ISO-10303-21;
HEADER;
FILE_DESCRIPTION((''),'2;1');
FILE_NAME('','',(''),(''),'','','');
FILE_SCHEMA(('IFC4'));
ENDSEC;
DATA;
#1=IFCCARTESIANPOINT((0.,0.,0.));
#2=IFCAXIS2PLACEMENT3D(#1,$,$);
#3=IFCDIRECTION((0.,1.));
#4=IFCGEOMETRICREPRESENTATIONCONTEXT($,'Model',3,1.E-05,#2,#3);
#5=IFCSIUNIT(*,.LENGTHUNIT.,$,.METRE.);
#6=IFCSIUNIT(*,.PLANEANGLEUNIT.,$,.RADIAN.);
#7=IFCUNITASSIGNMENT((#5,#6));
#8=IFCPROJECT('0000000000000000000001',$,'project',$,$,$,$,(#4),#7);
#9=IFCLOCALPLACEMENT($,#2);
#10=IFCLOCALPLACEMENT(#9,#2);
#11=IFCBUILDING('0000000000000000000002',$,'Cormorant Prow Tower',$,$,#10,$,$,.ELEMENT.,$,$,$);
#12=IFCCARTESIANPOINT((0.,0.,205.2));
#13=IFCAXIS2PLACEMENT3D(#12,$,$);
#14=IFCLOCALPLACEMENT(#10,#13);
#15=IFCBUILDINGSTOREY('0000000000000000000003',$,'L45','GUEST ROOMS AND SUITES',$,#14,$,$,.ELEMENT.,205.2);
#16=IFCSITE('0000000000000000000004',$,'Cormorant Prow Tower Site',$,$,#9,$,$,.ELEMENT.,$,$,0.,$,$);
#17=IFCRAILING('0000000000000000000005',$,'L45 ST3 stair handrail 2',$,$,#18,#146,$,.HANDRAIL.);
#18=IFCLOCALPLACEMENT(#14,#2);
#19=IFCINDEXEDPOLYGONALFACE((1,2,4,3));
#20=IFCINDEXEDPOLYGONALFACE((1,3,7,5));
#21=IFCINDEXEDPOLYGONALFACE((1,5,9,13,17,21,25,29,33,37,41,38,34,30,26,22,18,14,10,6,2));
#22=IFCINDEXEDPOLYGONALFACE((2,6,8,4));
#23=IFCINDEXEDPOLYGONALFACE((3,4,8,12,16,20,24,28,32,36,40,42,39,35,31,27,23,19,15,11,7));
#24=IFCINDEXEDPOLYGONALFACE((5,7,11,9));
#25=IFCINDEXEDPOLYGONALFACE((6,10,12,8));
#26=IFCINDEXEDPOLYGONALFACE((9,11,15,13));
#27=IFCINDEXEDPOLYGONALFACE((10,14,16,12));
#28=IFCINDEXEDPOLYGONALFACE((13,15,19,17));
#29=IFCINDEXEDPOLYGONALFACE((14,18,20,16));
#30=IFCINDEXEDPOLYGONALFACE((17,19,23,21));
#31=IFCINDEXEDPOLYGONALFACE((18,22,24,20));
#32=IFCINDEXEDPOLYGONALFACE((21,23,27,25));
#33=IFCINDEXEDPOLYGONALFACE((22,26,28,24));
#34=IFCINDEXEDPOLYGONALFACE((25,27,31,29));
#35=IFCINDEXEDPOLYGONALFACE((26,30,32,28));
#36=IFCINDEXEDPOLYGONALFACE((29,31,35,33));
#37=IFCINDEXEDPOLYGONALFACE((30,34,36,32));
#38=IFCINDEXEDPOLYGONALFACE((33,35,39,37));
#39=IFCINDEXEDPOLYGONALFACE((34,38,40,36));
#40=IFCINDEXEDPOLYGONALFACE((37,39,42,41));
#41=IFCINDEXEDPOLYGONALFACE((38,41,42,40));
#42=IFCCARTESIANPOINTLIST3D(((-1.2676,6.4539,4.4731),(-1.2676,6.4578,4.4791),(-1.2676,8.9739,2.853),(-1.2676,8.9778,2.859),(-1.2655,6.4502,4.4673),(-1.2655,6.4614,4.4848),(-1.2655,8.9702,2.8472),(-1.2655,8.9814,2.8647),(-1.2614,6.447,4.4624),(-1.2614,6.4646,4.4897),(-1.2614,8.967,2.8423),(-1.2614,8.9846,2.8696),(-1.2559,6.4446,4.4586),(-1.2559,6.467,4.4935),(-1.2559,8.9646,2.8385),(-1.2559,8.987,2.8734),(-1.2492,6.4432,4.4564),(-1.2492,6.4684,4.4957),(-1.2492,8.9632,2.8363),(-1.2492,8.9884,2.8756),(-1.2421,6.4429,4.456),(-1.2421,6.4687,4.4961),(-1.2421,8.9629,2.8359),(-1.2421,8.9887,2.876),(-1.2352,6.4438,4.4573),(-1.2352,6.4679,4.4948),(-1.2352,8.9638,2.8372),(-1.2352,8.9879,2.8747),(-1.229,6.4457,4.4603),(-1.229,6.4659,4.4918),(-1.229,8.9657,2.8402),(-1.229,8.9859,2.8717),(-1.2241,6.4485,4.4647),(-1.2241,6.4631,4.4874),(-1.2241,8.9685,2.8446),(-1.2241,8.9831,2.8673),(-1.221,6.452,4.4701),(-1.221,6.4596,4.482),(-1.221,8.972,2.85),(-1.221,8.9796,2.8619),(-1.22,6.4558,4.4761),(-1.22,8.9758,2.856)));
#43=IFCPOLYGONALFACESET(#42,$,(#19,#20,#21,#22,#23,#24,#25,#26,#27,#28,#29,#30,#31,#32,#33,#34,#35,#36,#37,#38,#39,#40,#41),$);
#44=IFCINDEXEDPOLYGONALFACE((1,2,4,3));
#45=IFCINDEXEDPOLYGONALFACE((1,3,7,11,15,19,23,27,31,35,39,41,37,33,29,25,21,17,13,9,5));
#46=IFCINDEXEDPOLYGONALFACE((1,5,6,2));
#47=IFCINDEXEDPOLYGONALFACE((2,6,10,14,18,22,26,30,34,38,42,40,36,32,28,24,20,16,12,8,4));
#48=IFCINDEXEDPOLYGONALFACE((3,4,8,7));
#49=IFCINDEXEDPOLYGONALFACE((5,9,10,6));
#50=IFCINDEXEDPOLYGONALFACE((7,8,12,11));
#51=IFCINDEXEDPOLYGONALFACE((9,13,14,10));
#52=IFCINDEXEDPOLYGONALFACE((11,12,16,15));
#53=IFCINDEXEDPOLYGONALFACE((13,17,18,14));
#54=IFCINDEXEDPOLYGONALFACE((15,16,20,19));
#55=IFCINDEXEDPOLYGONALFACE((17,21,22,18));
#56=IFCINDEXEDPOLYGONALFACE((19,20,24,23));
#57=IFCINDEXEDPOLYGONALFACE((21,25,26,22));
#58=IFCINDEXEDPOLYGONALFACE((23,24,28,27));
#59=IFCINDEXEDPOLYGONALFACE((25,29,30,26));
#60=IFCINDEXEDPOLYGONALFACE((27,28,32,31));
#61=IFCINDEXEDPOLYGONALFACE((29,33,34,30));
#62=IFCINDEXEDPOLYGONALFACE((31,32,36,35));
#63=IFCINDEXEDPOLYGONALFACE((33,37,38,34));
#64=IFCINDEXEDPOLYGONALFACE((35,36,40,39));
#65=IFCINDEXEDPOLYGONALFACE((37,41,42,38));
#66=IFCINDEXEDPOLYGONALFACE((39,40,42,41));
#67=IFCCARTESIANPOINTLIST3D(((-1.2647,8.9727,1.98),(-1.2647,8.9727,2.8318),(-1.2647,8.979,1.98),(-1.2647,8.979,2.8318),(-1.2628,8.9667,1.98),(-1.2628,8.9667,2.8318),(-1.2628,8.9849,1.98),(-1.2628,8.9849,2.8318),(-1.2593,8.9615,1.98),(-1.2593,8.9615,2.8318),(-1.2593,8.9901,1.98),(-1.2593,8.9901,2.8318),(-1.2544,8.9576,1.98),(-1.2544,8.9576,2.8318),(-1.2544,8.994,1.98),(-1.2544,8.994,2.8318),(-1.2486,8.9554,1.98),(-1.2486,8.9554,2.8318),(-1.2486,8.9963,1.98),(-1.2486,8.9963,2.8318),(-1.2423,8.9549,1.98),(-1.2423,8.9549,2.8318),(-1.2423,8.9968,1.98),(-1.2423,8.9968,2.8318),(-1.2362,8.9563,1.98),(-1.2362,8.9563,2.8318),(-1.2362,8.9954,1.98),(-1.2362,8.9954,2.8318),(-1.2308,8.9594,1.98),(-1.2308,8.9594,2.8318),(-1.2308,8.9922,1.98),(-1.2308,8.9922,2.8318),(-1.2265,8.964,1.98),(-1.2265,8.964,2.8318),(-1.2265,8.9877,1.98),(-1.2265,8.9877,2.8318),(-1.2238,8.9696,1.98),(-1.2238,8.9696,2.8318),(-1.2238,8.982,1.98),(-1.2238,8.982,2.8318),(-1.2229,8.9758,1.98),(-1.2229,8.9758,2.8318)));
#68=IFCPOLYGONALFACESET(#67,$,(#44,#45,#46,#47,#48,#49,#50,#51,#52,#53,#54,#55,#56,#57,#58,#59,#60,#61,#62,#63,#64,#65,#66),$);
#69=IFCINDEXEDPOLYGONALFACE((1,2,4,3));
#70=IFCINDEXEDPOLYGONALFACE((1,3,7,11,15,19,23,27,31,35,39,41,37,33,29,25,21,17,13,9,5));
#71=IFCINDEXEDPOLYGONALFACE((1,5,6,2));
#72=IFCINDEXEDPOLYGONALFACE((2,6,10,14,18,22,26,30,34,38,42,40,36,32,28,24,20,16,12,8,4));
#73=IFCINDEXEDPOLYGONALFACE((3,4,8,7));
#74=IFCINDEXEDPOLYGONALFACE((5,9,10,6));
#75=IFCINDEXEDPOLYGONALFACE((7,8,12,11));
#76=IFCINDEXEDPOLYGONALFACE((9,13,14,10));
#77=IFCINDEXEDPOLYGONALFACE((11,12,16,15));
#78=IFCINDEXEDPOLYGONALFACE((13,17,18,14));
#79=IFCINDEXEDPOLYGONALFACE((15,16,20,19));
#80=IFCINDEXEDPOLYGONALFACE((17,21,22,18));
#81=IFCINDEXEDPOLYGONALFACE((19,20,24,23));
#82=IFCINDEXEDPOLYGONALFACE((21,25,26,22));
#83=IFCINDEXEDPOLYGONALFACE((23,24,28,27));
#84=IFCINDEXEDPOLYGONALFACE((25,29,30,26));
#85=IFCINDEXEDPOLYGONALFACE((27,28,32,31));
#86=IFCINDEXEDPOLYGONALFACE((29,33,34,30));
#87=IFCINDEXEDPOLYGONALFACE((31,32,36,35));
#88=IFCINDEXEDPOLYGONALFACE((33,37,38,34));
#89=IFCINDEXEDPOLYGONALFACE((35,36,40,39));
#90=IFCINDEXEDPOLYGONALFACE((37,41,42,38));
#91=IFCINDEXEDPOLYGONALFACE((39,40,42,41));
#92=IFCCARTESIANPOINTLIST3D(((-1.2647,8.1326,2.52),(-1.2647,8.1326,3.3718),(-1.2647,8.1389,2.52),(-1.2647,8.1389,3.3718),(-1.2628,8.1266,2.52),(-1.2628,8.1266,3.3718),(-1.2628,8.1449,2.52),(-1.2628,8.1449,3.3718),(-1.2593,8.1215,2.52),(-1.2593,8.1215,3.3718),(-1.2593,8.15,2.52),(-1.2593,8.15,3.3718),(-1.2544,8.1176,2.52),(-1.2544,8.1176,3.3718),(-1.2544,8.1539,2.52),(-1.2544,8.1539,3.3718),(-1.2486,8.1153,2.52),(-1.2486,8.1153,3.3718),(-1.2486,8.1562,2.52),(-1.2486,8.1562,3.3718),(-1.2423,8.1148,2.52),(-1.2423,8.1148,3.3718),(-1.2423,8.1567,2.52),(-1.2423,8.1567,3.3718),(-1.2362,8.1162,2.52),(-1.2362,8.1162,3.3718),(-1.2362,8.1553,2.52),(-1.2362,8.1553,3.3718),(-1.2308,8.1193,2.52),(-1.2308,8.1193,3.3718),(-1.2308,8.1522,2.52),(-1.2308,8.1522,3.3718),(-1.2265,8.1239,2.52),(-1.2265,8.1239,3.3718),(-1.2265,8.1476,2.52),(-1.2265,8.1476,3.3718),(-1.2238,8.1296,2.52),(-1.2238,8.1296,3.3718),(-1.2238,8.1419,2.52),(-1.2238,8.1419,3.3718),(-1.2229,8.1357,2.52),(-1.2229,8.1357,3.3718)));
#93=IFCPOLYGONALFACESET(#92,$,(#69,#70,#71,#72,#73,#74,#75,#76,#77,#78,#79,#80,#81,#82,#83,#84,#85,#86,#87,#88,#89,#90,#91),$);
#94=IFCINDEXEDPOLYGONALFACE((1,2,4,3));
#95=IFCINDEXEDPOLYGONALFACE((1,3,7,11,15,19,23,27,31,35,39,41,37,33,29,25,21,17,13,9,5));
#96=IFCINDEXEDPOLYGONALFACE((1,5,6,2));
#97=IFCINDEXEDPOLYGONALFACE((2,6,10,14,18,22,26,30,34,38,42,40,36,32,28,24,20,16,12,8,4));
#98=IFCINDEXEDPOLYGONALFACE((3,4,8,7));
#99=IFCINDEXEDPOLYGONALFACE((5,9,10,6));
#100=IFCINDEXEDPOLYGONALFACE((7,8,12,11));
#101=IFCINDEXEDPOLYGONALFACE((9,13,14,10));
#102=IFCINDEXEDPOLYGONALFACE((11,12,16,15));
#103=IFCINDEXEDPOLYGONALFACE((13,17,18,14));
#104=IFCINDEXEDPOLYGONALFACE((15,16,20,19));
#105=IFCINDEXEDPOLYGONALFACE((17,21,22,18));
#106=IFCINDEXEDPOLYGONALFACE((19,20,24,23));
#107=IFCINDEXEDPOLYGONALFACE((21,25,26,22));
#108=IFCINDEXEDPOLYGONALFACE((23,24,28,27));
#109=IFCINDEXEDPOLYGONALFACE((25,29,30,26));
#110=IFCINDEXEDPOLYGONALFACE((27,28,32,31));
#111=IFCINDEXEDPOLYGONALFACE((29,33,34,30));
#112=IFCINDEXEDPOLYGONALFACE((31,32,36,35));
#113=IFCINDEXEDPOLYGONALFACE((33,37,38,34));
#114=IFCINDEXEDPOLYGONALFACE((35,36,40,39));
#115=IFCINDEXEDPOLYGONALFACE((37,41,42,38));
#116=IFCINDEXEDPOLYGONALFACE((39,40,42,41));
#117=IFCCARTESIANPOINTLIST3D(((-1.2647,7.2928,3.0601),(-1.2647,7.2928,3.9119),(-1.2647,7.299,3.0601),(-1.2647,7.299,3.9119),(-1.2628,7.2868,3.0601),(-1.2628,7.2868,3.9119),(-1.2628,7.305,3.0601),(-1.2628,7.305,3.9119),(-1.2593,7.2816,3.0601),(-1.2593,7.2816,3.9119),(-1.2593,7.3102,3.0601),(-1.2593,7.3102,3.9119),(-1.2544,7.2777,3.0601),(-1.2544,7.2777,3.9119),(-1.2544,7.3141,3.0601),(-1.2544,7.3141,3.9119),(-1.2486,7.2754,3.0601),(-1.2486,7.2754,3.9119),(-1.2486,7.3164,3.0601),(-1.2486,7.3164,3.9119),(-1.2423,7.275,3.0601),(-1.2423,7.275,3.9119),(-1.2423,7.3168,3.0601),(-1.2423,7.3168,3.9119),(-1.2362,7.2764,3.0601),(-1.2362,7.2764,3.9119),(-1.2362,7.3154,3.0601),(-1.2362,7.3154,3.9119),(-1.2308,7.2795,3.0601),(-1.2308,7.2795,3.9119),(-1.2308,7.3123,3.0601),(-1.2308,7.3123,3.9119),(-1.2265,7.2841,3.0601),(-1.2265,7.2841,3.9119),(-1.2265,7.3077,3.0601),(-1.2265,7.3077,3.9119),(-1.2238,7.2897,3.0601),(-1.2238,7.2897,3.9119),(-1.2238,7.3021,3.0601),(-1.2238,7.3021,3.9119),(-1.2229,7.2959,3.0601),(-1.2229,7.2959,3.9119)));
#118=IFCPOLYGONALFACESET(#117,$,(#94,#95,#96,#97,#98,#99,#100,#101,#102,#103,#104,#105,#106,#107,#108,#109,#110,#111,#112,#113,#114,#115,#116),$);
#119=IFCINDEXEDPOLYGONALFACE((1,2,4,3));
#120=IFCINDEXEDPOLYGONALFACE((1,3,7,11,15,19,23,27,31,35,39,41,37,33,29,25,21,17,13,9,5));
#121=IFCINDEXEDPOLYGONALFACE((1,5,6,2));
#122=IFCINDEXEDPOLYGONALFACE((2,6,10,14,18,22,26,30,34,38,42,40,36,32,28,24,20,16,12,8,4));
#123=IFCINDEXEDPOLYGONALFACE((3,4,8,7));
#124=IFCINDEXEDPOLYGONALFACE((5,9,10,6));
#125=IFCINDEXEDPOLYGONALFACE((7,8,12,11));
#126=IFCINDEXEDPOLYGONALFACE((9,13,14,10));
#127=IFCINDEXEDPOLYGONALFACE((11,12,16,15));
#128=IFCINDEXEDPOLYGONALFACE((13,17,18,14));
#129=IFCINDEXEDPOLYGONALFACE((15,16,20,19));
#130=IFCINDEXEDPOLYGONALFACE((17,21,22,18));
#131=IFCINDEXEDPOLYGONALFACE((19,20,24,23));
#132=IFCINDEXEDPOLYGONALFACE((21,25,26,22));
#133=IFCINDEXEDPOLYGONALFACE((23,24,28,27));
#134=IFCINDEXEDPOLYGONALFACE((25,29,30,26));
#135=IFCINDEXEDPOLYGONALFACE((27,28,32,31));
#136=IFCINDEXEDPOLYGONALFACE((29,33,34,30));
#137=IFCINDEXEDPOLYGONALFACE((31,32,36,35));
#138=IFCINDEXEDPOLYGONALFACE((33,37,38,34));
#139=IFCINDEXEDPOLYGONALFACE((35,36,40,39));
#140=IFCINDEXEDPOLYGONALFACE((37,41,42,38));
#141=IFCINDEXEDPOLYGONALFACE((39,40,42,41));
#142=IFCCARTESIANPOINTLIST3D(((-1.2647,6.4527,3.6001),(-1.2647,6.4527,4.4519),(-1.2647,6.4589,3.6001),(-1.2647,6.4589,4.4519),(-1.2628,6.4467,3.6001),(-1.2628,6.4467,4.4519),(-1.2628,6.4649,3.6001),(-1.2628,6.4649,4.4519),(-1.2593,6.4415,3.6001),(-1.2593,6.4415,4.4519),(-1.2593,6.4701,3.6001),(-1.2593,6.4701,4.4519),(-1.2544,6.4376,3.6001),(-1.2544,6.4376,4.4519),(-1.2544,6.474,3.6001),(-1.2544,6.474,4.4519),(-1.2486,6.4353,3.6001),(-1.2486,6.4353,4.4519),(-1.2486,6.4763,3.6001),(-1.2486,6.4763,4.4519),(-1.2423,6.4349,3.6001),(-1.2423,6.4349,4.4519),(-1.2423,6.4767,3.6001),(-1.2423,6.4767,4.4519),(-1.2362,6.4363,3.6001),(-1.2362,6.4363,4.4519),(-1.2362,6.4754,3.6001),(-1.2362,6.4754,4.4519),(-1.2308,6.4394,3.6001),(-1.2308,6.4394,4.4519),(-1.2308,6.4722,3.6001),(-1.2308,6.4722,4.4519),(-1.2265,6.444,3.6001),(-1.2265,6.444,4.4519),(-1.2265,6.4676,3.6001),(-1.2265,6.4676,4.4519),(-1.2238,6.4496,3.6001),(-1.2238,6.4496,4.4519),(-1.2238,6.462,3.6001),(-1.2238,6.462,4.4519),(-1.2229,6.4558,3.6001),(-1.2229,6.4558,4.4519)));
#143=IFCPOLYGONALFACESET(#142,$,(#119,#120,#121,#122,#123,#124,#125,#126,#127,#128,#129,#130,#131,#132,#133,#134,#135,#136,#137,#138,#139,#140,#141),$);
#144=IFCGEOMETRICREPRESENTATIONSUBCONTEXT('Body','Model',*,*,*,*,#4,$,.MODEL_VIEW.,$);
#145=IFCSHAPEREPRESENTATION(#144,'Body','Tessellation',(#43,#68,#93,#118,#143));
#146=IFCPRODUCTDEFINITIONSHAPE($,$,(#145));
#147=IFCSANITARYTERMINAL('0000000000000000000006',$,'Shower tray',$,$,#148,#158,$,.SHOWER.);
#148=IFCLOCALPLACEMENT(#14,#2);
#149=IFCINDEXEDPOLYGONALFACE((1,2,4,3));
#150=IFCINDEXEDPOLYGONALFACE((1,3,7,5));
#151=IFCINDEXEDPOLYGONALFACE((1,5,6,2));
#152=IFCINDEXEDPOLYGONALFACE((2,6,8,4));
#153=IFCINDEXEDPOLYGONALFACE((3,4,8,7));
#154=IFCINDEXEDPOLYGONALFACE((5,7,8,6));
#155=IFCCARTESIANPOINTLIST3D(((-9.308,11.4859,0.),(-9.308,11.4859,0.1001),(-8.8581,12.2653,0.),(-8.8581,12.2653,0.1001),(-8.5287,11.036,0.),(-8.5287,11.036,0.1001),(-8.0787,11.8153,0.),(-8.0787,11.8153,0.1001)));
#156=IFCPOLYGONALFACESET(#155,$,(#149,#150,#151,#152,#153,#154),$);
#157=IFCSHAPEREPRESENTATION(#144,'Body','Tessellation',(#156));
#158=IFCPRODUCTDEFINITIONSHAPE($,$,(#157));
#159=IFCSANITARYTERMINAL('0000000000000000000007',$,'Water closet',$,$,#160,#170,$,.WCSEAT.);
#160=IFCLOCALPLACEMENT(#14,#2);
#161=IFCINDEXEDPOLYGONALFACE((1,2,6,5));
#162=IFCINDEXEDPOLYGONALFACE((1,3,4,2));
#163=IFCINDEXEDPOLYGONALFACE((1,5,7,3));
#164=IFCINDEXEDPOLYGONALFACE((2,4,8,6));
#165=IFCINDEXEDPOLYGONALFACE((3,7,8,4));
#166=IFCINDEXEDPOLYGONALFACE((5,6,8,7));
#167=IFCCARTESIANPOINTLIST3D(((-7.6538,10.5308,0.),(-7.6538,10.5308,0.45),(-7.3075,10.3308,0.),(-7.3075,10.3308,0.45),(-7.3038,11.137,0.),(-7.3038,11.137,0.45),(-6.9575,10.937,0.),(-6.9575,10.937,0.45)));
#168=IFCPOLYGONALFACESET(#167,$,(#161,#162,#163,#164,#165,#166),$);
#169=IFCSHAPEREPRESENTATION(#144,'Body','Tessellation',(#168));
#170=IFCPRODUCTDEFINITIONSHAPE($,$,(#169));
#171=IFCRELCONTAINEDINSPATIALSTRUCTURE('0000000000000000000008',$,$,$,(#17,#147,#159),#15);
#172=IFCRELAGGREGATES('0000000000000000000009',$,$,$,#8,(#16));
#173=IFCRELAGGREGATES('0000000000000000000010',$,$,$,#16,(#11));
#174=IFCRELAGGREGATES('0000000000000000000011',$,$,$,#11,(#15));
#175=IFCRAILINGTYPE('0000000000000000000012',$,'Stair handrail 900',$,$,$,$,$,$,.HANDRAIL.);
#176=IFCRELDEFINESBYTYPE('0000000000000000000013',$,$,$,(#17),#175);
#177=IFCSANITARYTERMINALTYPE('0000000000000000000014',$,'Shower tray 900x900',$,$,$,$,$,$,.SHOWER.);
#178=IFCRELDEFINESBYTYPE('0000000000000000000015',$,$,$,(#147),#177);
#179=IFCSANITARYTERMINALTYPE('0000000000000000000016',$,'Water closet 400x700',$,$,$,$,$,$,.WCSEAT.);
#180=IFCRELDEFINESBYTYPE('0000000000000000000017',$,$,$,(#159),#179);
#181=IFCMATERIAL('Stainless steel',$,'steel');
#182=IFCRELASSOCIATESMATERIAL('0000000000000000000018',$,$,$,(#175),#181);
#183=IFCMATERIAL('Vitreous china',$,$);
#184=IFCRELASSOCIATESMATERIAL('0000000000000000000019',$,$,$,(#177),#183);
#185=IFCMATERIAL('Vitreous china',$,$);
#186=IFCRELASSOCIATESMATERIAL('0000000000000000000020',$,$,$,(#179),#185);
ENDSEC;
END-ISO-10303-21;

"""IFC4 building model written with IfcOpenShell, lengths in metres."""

from ifc_helpers import new_model, si_unit, direction, frame, origin, origin_2d, place, context, subcontext, project, spatial, rectangle, circle, extrude, material, type_object, element, save


model = new_model("IFC4")

# Units and contexts
model_context = context("Model", 3, precision=1e-05, world=origin(), true_north=direction((0.0, 1.0)))
body_context = subcontext(model_context, "Body", "Model", "MODEL_VIEW")
ifc_project = project(units=[si_unit("LENGTHUNIT", "METRE"), si_unit("PLANEANGLEUNIT", "RADIAN")], contexts=[model_context])

# Site, building, storey
site_placement = place(None, origin())
site = spatial("IfcSite", under=ifc_project, at=site_placement, Name="Cormorant Prow Tower Site", CompositionType="ELEMENT", RefElevation=0.0)
building_placement = place(site_placement, origin())
building = spatial("IfcBuilding", under=site, at=building_placement, Name="Cormorant Prow Tower", CompositionType="ELEMENT")
storey_placement = place(building_placement, frame((0.0, 0.0, 205.2)))
storey = spatial("IfcBuildingStorey", under=building, at=storey_placement, Name="L45", Description="GUEST ROOMS AND SUITES", CompositionType="ELEMENT", Elevation=205.2)

# Railing
ifc_material_1 = material(Name="Stainless steel", Category="steel")
railing_type = type_object("IfcRailingType", Name="Stair handrail 900", PredefinedType="HANDRAIL", material=ifc_material_1)
railing_1_placement = place(storey_placement, frame((-1.2439, 8.9758, 1.98)))
element("IfcRailing", 1, at=railing_1_placement, inside=storey, type_object=railing_type, Name="L45 ST3 stair handrail 2", PredefinedType="HANDRAIL", context=body_context, shape_type="SweptSolid", body=[
    extrude(circle(Radius=0.0239, at=origin_2d()), frame((0.0, 0.0, 0.876), z_axis=(0.0, -0.841163, 0.540782), x_axis=(1.0, 0.0, 0.0)), (0.0, 0.0, 1.0), 2.9958),
    extrude(circle(Radius=0.021, at=origin_2d()), origin(), (0.0, 0.0, 1.0), 0.8518),
    extrude(circle(Radius=0.021, at=origin_2d()), frame((0.0, -0.8401, 0.54)), (0.0, 0.0, 1.0), 0.8518),
    extrude(circle(Radius=0.021, at=origin_2d()), frame((0.0, -1.6799, 1.0801)), (0.0, 0.0, 1.0), 0.8518),
    extrude(circle(Radius=0.021, at=origin_2d()), frame((0.0, -2.52, 1.6201)), (0.0, 0.0, 1.0), 0.8518),
])

# Sanitary terminals
ifc_material_2 = material(Name="Vitreous china")
sanitary_terminal_type_1 = type_object("IfcSanitaryTerminalType", Name="Shower tray 900x900", PredefinedType="SHOWER", material=ifc_material_2)
sanitary_terminal_1_placement = place(storey_placement, frame((-8.6934, 11.6506, 0.0), z_axis=(0.0, 0.0, 1.0), x_axis=(0.5, 0.866025, 0.0)))
element("IfcSanitaryTerminal", 2, at=sanitary_terminal_1_placement, inside=storey, type_object=sanitary_terminal_type_1, Name="Shower tray", PredefinedType="SHOWER", context=body_context, shape_type="SweptSolid", body=[
    extrude(rectangle(XDim=0.8999, YDim=0.8999, at=origin_2d()), origin(), (0.0, 0.0, 1.0), 0.1001),
])
ifc_material_3 = material(Name="Vitreous china")
sanitary_terminal_type_2 = type_object("IfcSanitaryTerminalType", Name="Water closet 400x700", PredefinedType="WCSEAT", material=ifc_material_3)
sanitary_terminal_2_placement = place(storey_placement, frame((-7.3057, 10.7339, 0.0), z_axis=(0.0, 0.0, 1.0), x_axis=(-0.866025, 0.5, 0.0)))
element("IfcSanitaryTerminal", 3, at=sanitary_terminal_2_placement, inside=storey, type_object=sanitary_terminal_type_2, Name="Water closet", PredefinedType="WCSEAT", context=body_context, shape_type="SweptSolid", body=[
    extrude(rectangle(XDim=0.3999, YDim=0.7, at=origin_2d()), origin(), (0.0, 0.0, 1.0), 0.45),
])

save(model, "model.ifc")
